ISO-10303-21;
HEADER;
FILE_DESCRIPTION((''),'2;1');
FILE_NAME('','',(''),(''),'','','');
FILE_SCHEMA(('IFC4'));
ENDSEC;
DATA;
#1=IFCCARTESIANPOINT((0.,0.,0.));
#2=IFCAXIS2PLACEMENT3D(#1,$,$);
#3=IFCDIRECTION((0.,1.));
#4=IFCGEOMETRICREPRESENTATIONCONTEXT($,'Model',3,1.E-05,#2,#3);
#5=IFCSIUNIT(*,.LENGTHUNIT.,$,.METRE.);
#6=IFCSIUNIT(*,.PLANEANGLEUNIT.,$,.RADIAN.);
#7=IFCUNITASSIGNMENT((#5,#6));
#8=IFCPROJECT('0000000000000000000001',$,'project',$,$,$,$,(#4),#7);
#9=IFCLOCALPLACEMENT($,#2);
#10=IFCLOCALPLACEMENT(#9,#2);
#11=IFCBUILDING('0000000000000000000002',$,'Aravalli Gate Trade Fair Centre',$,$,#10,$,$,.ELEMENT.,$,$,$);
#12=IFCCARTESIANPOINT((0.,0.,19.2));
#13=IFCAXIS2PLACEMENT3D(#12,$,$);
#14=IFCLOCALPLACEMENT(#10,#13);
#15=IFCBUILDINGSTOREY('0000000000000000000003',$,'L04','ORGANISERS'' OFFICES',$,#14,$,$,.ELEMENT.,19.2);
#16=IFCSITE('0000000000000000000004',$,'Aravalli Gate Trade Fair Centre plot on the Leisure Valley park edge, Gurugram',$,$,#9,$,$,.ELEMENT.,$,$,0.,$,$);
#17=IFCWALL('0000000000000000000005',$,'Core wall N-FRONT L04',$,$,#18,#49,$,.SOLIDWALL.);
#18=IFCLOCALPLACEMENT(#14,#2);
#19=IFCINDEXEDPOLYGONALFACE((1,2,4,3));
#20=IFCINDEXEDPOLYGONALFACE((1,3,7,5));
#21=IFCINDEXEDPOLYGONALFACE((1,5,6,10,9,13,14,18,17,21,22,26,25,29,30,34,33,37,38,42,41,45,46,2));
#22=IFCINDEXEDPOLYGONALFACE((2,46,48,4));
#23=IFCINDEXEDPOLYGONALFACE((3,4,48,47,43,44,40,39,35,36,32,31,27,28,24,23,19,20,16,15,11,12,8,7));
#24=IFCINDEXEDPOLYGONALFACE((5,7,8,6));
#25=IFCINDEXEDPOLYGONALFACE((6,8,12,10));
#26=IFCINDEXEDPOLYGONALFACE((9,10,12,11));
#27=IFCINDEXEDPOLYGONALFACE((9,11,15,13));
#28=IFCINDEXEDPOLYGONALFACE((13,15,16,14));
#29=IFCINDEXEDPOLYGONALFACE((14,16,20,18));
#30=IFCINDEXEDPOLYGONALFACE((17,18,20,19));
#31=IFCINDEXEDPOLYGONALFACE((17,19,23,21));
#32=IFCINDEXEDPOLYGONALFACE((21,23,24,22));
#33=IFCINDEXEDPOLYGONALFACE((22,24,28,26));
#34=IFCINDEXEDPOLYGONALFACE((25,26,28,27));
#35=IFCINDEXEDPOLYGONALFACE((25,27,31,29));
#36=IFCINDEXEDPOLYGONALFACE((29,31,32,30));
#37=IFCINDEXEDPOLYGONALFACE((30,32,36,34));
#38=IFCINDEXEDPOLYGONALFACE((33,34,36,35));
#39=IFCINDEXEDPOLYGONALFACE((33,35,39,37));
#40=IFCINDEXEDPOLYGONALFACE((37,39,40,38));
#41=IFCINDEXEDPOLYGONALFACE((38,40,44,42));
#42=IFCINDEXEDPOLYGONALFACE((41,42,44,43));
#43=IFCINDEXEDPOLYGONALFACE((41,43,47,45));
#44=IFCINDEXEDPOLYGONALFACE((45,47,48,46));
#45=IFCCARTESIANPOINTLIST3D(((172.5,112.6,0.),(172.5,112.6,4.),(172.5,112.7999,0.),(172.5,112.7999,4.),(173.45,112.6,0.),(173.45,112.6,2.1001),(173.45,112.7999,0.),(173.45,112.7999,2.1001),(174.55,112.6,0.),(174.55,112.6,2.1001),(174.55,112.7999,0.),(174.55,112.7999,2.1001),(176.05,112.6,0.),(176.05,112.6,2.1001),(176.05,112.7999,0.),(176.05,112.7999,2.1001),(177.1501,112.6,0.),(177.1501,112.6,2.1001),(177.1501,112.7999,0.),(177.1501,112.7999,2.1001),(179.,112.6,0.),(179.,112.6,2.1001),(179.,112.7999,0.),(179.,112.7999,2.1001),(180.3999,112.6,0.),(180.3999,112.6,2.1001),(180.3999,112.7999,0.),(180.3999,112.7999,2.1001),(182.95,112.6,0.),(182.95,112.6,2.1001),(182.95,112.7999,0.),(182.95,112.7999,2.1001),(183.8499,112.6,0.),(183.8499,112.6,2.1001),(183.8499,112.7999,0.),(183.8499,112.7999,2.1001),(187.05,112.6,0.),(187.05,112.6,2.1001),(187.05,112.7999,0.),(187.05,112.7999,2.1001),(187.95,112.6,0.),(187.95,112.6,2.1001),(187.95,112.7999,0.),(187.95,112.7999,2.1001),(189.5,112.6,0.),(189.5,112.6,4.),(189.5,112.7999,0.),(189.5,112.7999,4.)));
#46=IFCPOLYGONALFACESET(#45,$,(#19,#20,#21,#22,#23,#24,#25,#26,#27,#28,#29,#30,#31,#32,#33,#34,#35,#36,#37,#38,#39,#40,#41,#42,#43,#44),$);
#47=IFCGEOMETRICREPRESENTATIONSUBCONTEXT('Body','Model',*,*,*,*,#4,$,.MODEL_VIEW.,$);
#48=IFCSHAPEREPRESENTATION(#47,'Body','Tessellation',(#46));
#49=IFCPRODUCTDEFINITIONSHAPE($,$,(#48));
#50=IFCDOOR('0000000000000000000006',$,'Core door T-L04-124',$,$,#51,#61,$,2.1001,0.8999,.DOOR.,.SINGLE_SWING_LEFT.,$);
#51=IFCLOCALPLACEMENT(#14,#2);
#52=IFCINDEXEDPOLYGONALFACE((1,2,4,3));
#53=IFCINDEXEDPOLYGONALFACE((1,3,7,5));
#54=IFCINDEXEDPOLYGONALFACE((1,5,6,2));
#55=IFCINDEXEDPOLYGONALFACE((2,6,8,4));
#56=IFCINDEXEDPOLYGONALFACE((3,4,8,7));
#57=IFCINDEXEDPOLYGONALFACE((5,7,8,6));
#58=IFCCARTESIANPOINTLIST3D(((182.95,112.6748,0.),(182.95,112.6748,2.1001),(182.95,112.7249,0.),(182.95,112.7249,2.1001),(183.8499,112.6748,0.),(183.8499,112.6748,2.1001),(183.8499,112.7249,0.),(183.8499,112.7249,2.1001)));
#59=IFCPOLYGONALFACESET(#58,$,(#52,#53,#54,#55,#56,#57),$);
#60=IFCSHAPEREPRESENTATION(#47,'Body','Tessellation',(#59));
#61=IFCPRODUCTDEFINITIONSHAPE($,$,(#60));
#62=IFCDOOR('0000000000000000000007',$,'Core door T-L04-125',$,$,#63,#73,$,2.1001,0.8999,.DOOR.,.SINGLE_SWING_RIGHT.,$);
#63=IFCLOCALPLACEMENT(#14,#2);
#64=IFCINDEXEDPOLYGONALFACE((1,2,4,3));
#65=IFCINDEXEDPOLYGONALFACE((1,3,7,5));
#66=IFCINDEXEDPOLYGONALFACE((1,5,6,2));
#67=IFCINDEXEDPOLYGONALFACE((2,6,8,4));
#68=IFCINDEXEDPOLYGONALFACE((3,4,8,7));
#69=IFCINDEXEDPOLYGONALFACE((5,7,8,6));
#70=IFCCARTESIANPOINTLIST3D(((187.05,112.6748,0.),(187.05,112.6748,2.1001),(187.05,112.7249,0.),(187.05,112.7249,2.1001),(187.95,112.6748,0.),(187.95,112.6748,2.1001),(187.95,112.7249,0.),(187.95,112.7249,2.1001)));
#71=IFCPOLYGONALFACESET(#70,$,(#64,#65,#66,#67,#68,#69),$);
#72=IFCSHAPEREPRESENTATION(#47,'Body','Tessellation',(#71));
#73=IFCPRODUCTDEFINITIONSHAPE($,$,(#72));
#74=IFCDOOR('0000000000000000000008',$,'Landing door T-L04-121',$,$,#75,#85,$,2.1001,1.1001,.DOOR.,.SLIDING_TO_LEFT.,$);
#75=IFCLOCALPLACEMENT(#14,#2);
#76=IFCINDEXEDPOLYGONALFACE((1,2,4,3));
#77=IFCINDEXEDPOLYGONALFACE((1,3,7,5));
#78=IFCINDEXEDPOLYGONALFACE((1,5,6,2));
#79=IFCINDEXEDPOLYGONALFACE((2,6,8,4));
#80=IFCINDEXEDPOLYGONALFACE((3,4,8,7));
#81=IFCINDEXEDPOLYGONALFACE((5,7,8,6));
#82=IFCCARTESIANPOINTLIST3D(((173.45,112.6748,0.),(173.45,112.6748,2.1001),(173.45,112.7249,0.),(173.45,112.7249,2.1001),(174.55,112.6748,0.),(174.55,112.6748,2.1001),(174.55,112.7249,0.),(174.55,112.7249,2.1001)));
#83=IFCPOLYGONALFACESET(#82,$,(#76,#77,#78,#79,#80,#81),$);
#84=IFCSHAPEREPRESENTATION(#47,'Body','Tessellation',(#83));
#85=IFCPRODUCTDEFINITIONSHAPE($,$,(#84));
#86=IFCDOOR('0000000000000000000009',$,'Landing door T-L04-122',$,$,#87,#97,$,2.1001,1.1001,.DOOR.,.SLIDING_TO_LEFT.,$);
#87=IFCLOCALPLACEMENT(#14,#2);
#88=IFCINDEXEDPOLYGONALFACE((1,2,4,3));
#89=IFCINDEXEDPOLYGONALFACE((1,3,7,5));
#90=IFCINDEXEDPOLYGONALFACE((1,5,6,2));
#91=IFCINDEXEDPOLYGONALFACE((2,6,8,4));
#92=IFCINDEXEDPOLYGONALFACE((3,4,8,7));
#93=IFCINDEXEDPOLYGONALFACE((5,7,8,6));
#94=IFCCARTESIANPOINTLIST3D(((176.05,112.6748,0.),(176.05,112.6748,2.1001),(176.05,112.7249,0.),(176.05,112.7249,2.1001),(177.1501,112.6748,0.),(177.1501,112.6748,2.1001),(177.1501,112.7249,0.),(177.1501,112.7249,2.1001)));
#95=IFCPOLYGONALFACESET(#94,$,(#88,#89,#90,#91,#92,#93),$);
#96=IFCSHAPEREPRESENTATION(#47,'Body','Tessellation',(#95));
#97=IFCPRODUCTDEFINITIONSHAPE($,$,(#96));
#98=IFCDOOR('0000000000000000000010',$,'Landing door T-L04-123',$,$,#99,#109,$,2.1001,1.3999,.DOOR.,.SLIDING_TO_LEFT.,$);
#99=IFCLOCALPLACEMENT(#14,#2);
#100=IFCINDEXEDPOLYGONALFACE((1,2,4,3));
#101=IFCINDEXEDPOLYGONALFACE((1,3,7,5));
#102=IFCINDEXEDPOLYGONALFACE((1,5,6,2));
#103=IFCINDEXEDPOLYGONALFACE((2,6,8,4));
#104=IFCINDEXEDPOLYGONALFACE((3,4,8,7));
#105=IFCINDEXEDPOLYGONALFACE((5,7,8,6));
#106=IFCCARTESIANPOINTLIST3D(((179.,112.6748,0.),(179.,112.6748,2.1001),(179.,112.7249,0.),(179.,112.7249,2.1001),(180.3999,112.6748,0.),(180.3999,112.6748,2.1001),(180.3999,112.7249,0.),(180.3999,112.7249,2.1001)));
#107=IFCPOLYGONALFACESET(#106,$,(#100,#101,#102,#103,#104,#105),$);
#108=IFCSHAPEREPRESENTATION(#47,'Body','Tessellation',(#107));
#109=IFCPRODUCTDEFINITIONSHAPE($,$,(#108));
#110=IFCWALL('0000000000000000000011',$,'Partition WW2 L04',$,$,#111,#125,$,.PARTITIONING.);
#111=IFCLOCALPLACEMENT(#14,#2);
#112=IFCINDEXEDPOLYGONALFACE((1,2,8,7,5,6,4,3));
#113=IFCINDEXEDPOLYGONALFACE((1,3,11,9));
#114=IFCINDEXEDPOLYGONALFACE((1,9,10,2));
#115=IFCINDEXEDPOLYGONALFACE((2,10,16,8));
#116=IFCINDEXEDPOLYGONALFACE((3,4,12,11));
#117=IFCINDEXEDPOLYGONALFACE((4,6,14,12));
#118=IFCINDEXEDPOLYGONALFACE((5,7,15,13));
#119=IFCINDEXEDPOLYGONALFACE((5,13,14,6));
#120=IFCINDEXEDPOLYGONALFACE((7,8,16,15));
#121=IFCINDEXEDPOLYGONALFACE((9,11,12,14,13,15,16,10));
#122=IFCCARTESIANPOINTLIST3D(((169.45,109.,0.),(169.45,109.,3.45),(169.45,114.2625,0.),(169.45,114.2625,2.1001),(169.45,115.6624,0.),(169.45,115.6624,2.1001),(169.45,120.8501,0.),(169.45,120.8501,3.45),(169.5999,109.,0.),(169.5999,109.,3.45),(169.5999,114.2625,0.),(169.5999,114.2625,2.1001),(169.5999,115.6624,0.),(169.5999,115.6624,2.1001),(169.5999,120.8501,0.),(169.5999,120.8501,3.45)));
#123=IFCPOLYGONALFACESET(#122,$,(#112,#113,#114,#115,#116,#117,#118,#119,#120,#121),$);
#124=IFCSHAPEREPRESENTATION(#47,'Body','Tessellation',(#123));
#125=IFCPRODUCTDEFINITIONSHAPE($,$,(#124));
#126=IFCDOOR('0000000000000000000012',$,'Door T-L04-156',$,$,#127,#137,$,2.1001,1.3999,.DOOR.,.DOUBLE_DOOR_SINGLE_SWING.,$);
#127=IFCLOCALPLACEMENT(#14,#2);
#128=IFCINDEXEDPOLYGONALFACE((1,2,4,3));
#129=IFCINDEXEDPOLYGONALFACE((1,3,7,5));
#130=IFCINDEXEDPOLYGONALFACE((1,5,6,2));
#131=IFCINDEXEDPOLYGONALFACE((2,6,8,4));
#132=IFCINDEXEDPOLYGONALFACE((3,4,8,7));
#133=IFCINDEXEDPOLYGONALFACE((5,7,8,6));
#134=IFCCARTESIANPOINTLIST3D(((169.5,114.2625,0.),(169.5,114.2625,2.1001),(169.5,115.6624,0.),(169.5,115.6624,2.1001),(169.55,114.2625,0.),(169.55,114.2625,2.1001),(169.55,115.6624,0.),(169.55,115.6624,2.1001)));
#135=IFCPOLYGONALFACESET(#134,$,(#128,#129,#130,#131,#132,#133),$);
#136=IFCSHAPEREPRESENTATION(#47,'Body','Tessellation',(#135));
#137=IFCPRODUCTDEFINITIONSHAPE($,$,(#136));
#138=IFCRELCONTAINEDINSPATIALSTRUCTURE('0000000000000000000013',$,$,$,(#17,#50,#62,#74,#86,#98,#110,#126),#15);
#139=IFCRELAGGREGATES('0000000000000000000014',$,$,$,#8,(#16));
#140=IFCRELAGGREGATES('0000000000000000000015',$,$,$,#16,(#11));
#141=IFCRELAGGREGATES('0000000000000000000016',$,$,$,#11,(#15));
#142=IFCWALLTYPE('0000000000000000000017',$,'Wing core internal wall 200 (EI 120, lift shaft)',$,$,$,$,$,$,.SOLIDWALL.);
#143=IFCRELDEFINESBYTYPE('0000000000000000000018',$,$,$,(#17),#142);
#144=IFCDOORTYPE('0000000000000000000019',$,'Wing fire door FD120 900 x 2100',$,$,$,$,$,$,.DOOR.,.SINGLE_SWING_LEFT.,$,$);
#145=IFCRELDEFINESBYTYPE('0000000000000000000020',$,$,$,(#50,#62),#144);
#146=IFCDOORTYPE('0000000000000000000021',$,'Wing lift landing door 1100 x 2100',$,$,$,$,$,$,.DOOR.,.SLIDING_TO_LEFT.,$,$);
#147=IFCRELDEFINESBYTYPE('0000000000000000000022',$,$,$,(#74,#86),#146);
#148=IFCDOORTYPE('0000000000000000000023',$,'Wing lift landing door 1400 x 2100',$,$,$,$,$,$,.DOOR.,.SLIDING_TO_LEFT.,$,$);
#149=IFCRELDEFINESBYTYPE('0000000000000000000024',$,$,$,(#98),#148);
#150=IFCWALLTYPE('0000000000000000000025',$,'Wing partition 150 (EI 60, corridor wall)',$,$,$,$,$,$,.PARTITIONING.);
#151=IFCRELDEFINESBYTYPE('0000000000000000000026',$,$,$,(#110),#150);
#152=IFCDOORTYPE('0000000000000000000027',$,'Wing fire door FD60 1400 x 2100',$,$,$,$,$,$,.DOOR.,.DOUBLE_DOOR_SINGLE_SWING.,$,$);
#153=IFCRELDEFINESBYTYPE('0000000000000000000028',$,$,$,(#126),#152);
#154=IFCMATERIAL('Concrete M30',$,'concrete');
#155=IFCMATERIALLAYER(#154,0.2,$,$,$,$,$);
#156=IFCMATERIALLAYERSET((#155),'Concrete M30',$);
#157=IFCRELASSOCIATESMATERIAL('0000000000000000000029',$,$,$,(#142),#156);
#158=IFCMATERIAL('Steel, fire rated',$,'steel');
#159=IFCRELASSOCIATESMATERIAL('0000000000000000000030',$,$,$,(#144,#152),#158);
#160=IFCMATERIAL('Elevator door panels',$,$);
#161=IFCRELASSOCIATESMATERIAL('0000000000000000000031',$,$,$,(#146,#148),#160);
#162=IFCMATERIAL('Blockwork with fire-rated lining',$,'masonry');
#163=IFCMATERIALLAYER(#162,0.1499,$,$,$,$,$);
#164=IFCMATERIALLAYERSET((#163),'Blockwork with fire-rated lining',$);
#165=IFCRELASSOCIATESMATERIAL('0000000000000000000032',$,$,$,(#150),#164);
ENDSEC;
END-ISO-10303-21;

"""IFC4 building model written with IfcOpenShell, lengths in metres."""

from ifc_helpers import new_model, si_unit, direction, frame, frame_2d, origin, place, context, subcontext, project, spatial, rectangle, extrude, material, layer, layer_set, type_object, element, fill, save


model = new_model("IFC4")

# Units and contexts
model_context = context("Model", 3, precision=1e-05, world=origin(), true_north=direction((0.0, 1.0)))
body_context = subcontext(model_context, "Body", "Model", "MODEL_VIEW")
ifc_project = project(units=[si_unit("LENGTHUNIT", "METRE"), si_unit("PLANEANGLEUNIT", "RADIAN")], contexts=[model_context])

# Site, building, storey
site_placement = place(None, origin())
site = spatial("IfcSite", under=ifc_project, at=site_placement, Name="Aravalli Gate Trade Fair Centre plot on the Leisure Valley park edge, Gurugram", CompositionType="ELEMENT", RefElevation=0.0)
building_placement = place(site_placement, origin())
building = spatial("IfcBuilding", under=site, at=building_placement, Name="Aravalli Gate Trade Fair Centre", CompositionType="ELEMENT")
storey_placement = place(building_placement, frame((0.0, 0.0, 19.2)))
storey = spatial("IfcBuildingStorey", under=building, at=storey_placement, Name="L04", Description="ORGANISERS' OFFICES", CompositionType="ELEMENT", Elevation=19.2)

# Shared definitions
ifc_material_1 = material(Name="Concrete M30", Category="concrete")

# Shared definitions
ifc_layer_1 = layer(ifc_material_1, 0.2)
ifc_layer_set_1 = layer_set([ifc_layer_1], Name="Concrete M30")
wall_type_1 = type_object("IfcWallType", Name="Wing core internal wall 200 (EI 120, lift shaft)", PredefinedType="SOLIDWALL", material=ifc_layer_set_1)
ifc_material_2 = material(Name="Steel, fire rated", Category="steel")
door_type_1 = type_object("IfcDoorType", Name="Wing fire door FD120 900 x 2100", OperationType="SINGLE_SWING_LEFT", PredefinedType="DOOR", material=ifc_material_2)
ifc_material_3 = material(Name="Elevator door panels")
door_type_2 = type_object("IfcDoorType", Name="Wing lift landing door 1100 x 2100", OperationType="SLIDING_TO_LEFT", PredefinedType="DOOR", material=ifc_material_3)

# Wall, openings, doors
wall_1_placement = place(storey_placement, frame((172.5, 112.7, 0.0), z_axis=(0.0, 0.0, 1.0), x_axis=(1.0, 0.0, 0.0)))
wall_1 = element("IfcWall", 1, at=wall_1_placement, inside=storey, type_object=wall_type_1, Name="Core wall N-FRONT L04", PredefinedType="SOLIDWALL", context=body_context, shape_type="SweptSolid", body=[
    extrude(rectangle(XDim=17.0, YDim=0.2, at=frame_2d((8.5, 0.0))), origin(), (0.0, 0.0, 1.0), 4.0),
])
opening_1_placement = place(wall_1_placement, frame((0.95, 0.0, 0.0)))
opening_1 = element("IfcOpeningElement", 2, at=opening_1_placement, cuts=wall_1, PredefinedType="OPENING", context=body_context, shape_type="SweptSolid", body=[
    extrude(rectangle(XDim=1.1001, YDim=2.1001, at=frame_2d((0.55, 1.05))), frame((0.0, 0.1099, 0.0), z_axis=(0.0, -1.0, 0.0), x_axis=(1.0, 0.0, 0.0)), (0.0, 0.0, 1.0), 0.22),
])
opening_2_placement = place(wall_1_placement, frame((3.55, 0.0, 0.0)))
opening_2 = element("IfcOpeningElement", 3, at=opening_2_placement, cuts=wall_1, PredefinedType="OPENING", context=body_context, shape_type="SweptSolid", body=[
    extrude(rectangle(XDim=1.1001, YDim=2.1001, at=frame_2d((0.55, 1.05))), frame((0.0, 0.1099, 0.0), z_axis=(0.0, -1.0, 0.0), x_axis=(1.0, 0.0, 0.0)), (0.0, 0.0, 1.0), 0.22),
])
opening_3_placement = place(wall_1_placement, frame((6.5, 0.0, 0.0)))
opening_3 = element("IfcOpeningElement", 4, at=opening_3_placement, cuts=wall_1, PredefinedType="OPENING", context=body_context, shape_type="SweptSolid", body=[
    extrude(rectangle(XDim=1.3999, YDim=2.1001, at=frame_2d((0.7, 1.05))), frame((0.0, 0.1099, 0.0), z_axis=(0.0, -1.0, 0.0), x_axis=(1.0, 0.0, 0.0)), (0.0, 0.0, 1.0), 0.22),
])
opening_4_placement = place(wall_1_placement, frame((10.45, 0.0, 0.0)))
opening_4 = element("IfcOpeningElement", 5, at=opening_4_placement, cuts=wall_1, PredefinedType="OPENING", context=body_context, shape_type="SweptSolid", body=[
    extrude(rectangle(XDim=0.8999, YDim=2.1001, at=frame_2d((0.45, 1.05))), frame((0.0, 0.1099, 0.0), z_axis=(0.0, -1.0, 0.0), x_axis=(1.0, 0.0, 0.0)), (0.0, 0.0, 1.0), 0.22),
])
opening_5_placement = place(wall_1_placement, frame((14.55, 0.0, 0.0)))
opening_5 = element("IfcOpeningElement", 6, at=opening_5_placement, cuts=wall_1, PredefinedType="OPENING", context=body_context, shape_type="SweptSolid", body=[
    extrude(rectangle(XDim=0.8999, YDim=2.1001, at=frame_2d((0.45, 1.05))), frame((0.0, 0.1099, 0.0), z_axis=(0.0, -1.0, 0.0), x_axis=(1.0, 0.0, 0.0)), (0.0, 0.0, 1.0), 0.22),
])
door_1_placement = place(opening_4_placement, origin())
door_1 = element("IfcDoor", 7, at=door_1_placement, inside=storey, type_object=door_type_1, Name="Core door T-L04-124", OperationType="SINGLE_SWING_LEFT", OverallHeight=2.1001, OverallWidth=0.8999, PredefinedType="DOOR", context=body_context, shape_type="SweptSolid", body=[
    extrude(rectangle(XDim=0.8999, YDim=2.1001, at=frame_2d((0.45, 1.05))), frame((0.0, 0.0249, 0.0), z_axis=(0.0, -1.0, 0.0), x_axis=(1.0, 0.0, 0.0)), (0.0, 0.0, 1.0), 0.05),
])
fill(opening_4, door_1)
door_2_placement = place(opening_5_placement, origin())
door_2 = element("IfcDoor", 8, at=door_2_placement, inside=storey, type_object=door_type_1, Name="Core door T-L04-125", OperationType="SINGLE_SWING_RIGHT", OverallHeight=2.1001, OverallWidth=0.8999, PredefinedType="DOOR", context=body_context, shape_type="SweptSolid", body=[
    extrude(rectangle(XDim=0.8999, YDim=2.1001, at=frame_2d((0.45, 1.05))), frame((0.0, 0.0249, 0.0), z_axis=(0.0, -1.0, 0.0), x_axis=(1.0, 0.0, 0.0)), (0.0, 0.0, 1.0), 0.05),
])
fill(opening_5, door_2)
door_3_placement = place(opening_1_placement, origin())
door_3 = element("IfcDoor", 9, at=door_3_placement, inside=storey, type_object=door_type_2, Name="Landing door T-L04-121", OperationType="SLIDING_TO_LEFT", OverallHeight=2.1001, OverallWidth=1.1001, PredefinedType="DOOR", context=body_context, shape_type="SweptSolid", body=[
    extrude(rectangle(XDim=1.1001, YDim=2.1001, at=frame_2d((0.55, 1.05))), frame((0.0, 0.0249, 0.0), z_axis=(0.0, -1.0, 0.0), x_axis=(1.0, 0.0, 0.0)), (0.0, 0.0, 1.0), 0.05),
])
fill(opening_1, door_3)
door_4_placement = place(opening_2_placement, origin())
door_4 = element("IfcDoor", 10, at=door_4_placement, inside=storey, type_object=door_type_2, Name="Landing door T-L04-122", OperationType="SLIDING_TO_LEFT", OverallHeight=2.1001, OverallWidth=1.1001, PredefinedType="DOOR", context=body_context, shape_type="SweptSolid", body=[
    extrude(rectangle(XDim=1.1001, YDim=2.1001, at=frame_2d((0.55, 1.05))), frame((0.0, 0.0249, 0.0), z_axis=(0.0, -1.0, 0.0), x_axis=(1.0, 0.0, 0.0)), (0.0, 0.0, 1.0), 0.05),
])
fill(opening_2, door_4)
door_type_3 = type_object("IfcDoorType", Name="Wing lift landing door 1400 x 2100", OperationType="SLIDING_TO_LEFT", PredefinedType="DOOR", material=ifc_material_3)
door_5_placement = place(opening_3_placement, origin())
door_5 = element("IfcDoor", 11, at=door_5_placement, inside=storey, type_object=door_type_3, Name="Landing door T-L04-123", OperationType="SLIDING_TO_LEFT", OverallHeight=2.1001, OverallWidth=1.3999, PredefinedType="DOOR", context=body_context, shape_type="SweptSolid", body=[
    extrude(rectangle(XDim=1.3999, YDim=2.1001, at=frame_2d((0.7, 1.05))), frame((0.0, 0.0249, 0.0), z_axis=(0.0, -1.0, 0.0), x_axis=(1.0, 0.0, 0.0)), (0.0, 0.0, 1.0), 0.05),
])
fill(opening_3, door_5)

# Wall, opening, door
ifc_material_4 = material(Name="Blockwork with fire-rated lining", Category="masonry")
ifc_layer_2 = layer(ifc_material_4, 0.1499)
ifc_layer_set_2 = layer_set([ifc_layer_2], Name="Blockwork with fire-rated lining")
wall_type_2 = type_object("IfcWallType", Name="Wing partition 150 (EI 60, corridor wall)", PredefinedType="PARTITIONING", material=ifc_layer_set_2)
wall_2_placement = place(storey_placement, frame((169.5249, 109.0, 0.0), z_axis=(0.0, 0.0, 1.0), x_axis=(0.0, 1.0, 0.0)))
wall_2 = element("IfcWall", 12, at=wall_2_placement, inside=storey, type_object=wall_type_2, Name="Partition WW2 L04", PredefinedType="PARTITIONING", context=body_context, shape_type="SweptSolid", body=[
    extrude(rectangle(XDim=11.8501, YDim=0.1499, at=frame_2d((5.925, 0.0))), origin(), (0.0, 0.0, 1.0), 3.45),
])
opening_6_placement = place(wall_2_placement, frame((5.2625, 0.0, 0.0)))
opening_6 = element("IfcOpeningElement", 13, at=opening_6_placement, cuts=wall_2, PredefinedType="OPENING", context=body_context, shape_type="SweptSolid", body=[
    extrude(rectangle(XDim=1.3999, YDim=2.1001, at=frame_2d((0.7, 1.05))), frame((0.0, 0.085, 0.0), z_axis=(0.0, -1.0, 0.0), x_axis=(1.0, 0.0, 0.0)), (0.0, 0.0, 1.0), 0.1699),
])
door_type_4 = type_object("IfcDoorType", Name="Wing fire door FD60 1400 x 2100", OperationType="DOUBLE_DOOR_SINGLE_SWING", PredefinedType="DOOR", material=ifc_material_2)
door_6_placement = place(opening_6_placement, origin())
door_6 = element("IfcDoor", 14, at=door_6_placement, inside=storey, type_object=door_type_4, Name="Door T-L04-156", OperationType="DOUBLE_DOOR_SINGLE_SWING", OverallHeight=2.1001, OverallWidth=1.3999, PredefinedType="DOOR", context=body_context, shape_type="SweptSolid", body=[
    extrude(rectangle(XDim=1.3999, YDim=2.1001, at=frame_2d((0.7, 1.05))), frame((0.0, 0.0249, 0.0), z_axis=(0.0, -1.0, 0.0), x_axis=(1.0, 0.0, 0.0)), (0.0, 0.0, 1.0), 0.05),
])
fill(opening_6, door_6)

save(model, "model.ifc")
